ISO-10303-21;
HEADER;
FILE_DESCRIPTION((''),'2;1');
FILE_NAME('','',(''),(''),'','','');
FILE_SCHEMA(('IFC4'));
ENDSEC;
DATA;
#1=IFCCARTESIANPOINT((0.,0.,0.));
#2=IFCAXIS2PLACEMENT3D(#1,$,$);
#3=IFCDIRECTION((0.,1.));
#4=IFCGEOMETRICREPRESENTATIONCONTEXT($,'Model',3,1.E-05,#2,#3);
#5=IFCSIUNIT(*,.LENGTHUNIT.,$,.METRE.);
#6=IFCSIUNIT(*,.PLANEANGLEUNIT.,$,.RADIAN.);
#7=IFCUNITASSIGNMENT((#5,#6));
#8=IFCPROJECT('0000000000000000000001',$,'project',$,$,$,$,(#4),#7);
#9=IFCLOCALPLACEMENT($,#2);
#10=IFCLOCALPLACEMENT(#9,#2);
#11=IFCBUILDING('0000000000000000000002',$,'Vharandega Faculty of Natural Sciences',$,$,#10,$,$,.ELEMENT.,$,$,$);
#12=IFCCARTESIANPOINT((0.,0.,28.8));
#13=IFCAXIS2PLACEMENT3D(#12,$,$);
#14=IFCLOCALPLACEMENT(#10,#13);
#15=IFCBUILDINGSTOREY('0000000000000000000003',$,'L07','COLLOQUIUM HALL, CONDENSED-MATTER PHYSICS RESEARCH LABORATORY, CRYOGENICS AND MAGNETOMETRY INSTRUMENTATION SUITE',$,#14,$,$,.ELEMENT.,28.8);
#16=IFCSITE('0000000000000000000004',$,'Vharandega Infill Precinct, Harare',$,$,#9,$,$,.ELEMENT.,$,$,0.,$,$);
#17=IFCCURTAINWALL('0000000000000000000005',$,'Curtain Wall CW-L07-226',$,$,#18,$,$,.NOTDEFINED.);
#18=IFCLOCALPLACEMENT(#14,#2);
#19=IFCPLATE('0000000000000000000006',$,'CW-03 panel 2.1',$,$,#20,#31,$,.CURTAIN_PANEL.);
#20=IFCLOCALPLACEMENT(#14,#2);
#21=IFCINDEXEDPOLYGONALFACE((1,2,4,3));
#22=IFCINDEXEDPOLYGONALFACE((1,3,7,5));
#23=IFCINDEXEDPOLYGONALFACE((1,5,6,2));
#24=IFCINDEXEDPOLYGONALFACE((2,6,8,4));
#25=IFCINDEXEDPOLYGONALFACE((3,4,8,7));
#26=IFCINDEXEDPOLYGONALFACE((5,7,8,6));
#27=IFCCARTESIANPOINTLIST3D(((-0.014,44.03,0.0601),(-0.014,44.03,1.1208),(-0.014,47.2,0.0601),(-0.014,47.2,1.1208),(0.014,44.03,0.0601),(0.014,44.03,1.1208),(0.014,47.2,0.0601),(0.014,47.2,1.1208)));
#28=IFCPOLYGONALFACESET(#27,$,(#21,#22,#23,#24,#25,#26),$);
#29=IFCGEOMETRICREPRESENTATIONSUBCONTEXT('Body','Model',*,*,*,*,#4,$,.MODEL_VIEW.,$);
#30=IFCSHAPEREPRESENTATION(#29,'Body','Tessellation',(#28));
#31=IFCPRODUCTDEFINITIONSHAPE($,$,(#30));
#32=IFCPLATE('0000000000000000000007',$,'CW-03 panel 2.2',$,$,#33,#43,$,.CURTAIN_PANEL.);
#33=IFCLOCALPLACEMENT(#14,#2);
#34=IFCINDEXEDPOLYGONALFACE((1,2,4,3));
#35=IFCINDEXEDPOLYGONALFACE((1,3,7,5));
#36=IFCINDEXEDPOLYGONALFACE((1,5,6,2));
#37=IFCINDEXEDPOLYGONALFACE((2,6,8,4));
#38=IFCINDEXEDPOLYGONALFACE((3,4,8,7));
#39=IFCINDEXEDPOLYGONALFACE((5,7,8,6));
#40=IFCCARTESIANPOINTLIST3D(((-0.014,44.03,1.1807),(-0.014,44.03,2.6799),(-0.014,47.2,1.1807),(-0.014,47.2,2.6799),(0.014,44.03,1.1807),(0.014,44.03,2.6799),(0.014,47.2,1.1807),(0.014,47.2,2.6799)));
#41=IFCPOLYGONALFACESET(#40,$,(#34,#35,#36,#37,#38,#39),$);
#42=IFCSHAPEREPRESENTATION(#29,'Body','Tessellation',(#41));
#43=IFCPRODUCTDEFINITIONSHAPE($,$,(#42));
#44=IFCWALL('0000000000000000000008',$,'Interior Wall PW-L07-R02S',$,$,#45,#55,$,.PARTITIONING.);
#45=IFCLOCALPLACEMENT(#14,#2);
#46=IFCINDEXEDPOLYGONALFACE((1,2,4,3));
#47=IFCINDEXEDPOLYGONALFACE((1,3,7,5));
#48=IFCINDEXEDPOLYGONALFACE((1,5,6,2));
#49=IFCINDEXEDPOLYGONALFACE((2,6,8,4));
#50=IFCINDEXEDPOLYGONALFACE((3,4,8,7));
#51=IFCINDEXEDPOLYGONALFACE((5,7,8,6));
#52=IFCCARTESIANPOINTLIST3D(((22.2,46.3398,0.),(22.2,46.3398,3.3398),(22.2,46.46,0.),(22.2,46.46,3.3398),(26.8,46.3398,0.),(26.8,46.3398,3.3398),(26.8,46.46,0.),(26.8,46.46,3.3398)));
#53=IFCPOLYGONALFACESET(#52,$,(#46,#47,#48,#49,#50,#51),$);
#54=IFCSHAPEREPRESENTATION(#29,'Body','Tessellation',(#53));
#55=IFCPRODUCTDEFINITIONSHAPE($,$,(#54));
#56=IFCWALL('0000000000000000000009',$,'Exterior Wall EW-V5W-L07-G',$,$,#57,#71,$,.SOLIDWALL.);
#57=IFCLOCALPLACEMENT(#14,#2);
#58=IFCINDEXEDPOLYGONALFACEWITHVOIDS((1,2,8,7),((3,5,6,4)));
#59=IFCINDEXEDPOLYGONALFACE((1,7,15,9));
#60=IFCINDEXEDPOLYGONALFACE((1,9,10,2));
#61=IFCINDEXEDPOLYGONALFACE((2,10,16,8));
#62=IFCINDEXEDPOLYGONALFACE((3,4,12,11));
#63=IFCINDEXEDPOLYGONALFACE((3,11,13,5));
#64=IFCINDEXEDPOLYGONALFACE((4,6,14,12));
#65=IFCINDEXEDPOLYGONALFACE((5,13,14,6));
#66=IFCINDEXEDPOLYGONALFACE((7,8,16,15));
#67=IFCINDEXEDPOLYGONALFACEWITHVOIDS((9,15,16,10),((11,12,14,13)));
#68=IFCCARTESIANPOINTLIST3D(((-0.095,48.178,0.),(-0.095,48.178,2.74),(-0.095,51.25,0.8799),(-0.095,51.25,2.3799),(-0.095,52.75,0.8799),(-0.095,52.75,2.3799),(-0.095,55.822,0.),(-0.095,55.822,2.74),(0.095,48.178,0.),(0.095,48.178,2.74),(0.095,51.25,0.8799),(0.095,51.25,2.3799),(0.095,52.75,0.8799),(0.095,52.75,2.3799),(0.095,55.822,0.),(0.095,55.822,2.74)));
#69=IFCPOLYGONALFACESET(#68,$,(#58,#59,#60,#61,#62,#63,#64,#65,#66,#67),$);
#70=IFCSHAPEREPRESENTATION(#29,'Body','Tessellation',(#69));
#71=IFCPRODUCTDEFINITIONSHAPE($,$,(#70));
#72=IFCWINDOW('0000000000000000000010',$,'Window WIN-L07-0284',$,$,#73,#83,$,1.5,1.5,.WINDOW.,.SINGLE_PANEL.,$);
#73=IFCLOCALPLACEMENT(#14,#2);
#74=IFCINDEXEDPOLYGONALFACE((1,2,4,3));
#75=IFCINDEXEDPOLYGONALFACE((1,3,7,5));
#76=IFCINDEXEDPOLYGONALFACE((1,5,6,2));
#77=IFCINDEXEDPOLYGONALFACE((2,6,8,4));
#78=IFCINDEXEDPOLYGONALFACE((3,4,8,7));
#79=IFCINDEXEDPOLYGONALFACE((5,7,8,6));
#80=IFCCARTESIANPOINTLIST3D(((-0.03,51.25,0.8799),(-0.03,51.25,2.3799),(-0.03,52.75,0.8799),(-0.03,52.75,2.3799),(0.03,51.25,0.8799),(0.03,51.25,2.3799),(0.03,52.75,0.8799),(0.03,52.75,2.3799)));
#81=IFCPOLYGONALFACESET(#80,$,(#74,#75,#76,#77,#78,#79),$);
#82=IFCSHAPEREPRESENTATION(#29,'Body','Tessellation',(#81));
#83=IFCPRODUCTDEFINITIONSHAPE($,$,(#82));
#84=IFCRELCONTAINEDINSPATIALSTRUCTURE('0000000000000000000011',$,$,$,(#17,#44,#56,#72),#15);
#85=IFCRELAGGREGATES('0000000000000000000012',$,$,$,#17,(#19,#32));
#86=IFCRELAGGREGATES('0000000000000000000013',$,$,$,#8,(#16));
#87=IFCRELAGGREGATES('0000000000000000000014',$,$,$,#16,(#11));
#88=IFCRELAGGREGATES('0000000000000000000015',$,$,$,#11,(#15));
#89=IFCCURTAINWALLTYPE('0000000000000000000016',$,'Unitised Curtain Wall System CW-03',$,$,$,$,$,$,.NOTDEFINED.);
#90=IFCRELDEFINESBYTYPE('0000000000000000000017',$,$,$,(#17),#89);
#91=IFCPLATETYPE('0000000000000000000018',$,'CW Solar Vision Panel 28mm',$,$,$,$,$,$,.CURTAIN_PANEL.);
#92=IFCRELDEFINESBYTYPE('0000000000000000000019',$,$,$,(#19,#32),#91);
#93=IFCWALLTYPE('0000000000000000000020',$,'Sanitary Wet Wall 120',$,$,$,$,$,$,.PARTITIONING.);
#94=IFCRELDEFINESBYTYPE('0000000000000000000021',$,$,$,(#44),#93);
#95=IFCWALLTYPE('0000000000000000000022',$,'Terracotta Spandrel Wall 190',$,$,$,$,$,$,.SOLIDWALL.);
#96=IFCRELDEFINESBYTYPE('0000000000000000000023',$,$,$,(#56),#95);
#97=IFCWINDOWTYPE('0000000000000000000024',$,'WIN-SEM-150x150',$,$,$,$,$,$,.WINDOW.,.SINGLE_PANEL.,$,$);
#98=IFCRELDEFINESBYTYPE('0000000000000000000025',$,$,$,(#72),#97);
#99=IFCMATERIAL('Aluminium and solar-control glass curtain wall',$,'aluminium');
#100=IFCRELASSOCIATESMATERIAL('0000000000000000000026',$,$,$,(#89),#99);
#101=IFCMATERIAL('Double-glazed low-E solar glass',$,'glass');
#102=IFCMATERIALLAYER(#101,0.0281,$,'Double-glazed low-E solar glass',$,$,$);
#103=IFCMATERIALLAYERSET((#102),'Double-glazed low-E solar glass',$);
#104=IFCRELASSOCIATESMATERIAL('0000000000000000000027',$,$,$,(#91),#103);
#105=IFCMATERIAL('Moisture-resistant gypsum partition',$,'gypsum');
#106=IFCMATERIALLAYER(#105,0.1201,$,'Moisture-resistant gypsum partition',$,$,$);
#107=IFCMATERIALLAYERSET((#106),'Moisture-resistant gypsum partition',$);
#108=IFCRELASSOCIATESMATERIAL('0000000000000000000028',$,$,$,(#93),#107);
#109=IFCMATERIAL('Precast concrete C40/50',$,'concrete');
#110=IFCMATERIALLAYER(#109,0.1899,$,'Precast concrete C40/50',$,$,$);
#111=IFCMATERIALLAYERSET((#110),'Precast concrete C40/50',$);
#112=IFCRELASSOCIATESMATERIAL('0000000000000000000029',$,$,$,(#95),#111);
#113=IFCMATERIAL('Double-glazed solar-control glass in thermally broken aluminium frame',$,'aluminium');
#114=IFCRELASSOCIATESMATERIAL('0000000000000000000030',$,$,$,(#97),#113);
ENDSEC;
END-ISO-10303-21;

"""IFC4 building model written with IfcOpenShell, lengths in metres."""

from ifc_helpers import new_model, si_unit, direction, frame, frame_2d, origin, origin_2d, place, context, subcontext, project, spatial, rectangle, extrude, material, layer, layer_set, type_object, element, fill, aggregate, save


model = new_model("IFC4")

# Units and contexts
model_context = context("Model", 3, precision=1e-05, world=origin(), true_north=direction((0.0, 1.0)))
body_context = subcontext(model_context, "Body", "Model", "MODEL_VIEW")
ifc_project = project(units=[si_unit("LENGTHUNIT", "METRE"), si_unit("PLANEANGLEUNIT", "RADIAN")], contexts=[model_context])

# Site, building, storey
site_placement = place(None, origin())
site = spatial("IfcSite", under=ifc_project, at=site_placement, Name="Vharandega Infill Precinct, Harare", CompositionType="ELEMENT", RefElevation=0.0)
building_placement = place(site_placement, origin())
building = spatial("IfcBuilding", under=site, at=building_placement, Name="Vharandega Faculty of Natural Sciences", CompositionType="ELEMENT")
storey_placement = place(building_placement, frame((0.0, 0.0, 28.8)))
storey = spatial("IfcBuildingStorey", under=building, at=storey_placement, Name="L07", Description="COLLOQUIUM HALL, CONDENSED-MATTER PHYSICS RESEARCH LABORATORY, CRYOGENICS AND MAGNETOMETRY INSTRUMENTATION SUITE", CompositionType="ELEMENT", Elevation=28.8)

# Curtain wall
ifc_material_1 = material(Name="Aluminium and solar-control glass curtain wall", Category="aluminium")
curtain_wall_type = type_object("IfcCurtainWallType", Name="Unitised Curtain Wall System CW-03", PredefinedType="NOTDEFINED", material=ifc_material_1)
curtain_wall_placement = place(storey_placement, origin())
curtain_wall = element("IfcCurtainWall", 1, at=curtain_wall_placement, inside=storey, type_object=curtain_wall_type, Name="Curtain Wall CW-L07-226", PredefinedType="NOTDEFINED")

# Plates
ifc_material_2 = material(Name="Double-glazed low-E solar glass", Category="glass")
ifc_layer_1 = layer(ifc_material_2, 0.0281, Name="Double-glazed low-E solar glass")
ifc_layer_set_1 = layer_set([ifc_layer_1], Name="Double-glazed low-E solar glass")
plate_type = type_object("IfcPlateType", Name="CW Solar Vision Panel 28mm", PredefinedType="CURTAIN_PANEL", material=ifc_layer_set_1)
plate_1_placement = place(storey_placement, frame((0.0, 45.615, 0.0601), z_axis=(0.0, 0.0, 1.0), x_axis=(0.0, 1.0, 0.0)))
plate_1 = element("IfcPlate", 2, at=plate_1_placement, type_object=plate_type, Name="CW-03 panel 2.1", PredefinedType="CURTAIN_PANEL", context=body_context, shape_type="SweptSolid", body=[
    extrude(rectangle(XDim=3.1699, YDim=0.0281, at=origin_2d()), origin(), (0.0, 0.0, 1.0), 1.0608),
])
plate_2_placement = place(storey_placement, frame((0.0, 45.615, 1.1807), z_axis=(0.0, 0.0, 1.0), x_axis=(0.0, 1.0, 0.0)))
plate_2 = element("IfcPlate", 3, at=plate_2_placement, type_object=plate_type, Name="CW-03 panel 2.2", PredefinedType="CURTAIN_PANEL", context=body_context, shape_type="SweptSolid", body=[
    extrude(rectangle(XDim=3.1699, YDim=0.0281, at=origin_2d()), origin(), (0.0, 0.0, 1.0), 1.4993),
])
aggregate(curtain_wall, [plate_1, plate_2])

# Wall
ifc_material_3 = material(Name="Moisture-resistant gypsum partition", Category="gypsum")
ifc_layer_2 = layer(ifc_material_3, 0.1201, Name="Moisture-resistant gypsum partition")
ifc_layer_set_2 = layer_set([ifc_layer_2], Name="Moisture-resistant gypsum partition")
wall_type_1 = type_object("IfcWallType", Name="Sanitary Wet Wall 120", PredefinedType="PARTITIONING", material=ifc_layer_set_2)
wall_1_placement = place(storey_placement, frame((22.2, 46.3999, 0.0), z_axis=(0.0, 0.0, 1.0), x_axis=(1.0, 0.0, 0.0)))
element("IfcWall", 4, at=wall_1_placement, inside=storey, type_object=wall_type_1, Name="Interior Wall PW-L07-R02S", PredefinedType="PARTITIONING", context=body_context, shape_type="SweptSolid", body=[
    extrude(rectangle(XDim=4.6001, YDim=0.1201, at=frame_2d((2.3, 0.0))), origin(), (0.0, 0.0, 1.0), 3.3398),
])

# Wall, opening, window
ifc_material_4 = material(Name="Precast concrete C40/50", Category="concrete")
ifc_layer_3 = layer(ifc_material_4, 0.1899, Name="Precast concrete C40/50")
ifc_layer_set_3 = layer_set([ifc_layer_3], Name="Precast concrete C40/50")
wall_type_2 = type_object("IfcWallType", Name="Terracotta Spandrel Wall 190", PredefinedType="SOLIDWALL", material=ifc_layer_set_3)
wall_2_placement = place(storey_placement, frame((0.0, 48.178, 0.0), z_axis=(0.0, 0.0, 1.0), x_axis=(0.0, 1.0, 0.0)))
wall_2 = element("IfcWall", 5, at=wall_2_placement, inside=storey, type_object=wall_type_2, Name="Exterior Wall EW-V5W-L07-G", PredefinedType="SOLIDWALL", context=body_context, shape_type="SweptSolid", body=[
    extrude(rectangle(XDim=7.644, YDim=0.1899, at=frame_2d((3.822, 0.0))), origin(), (0.0, 0.0, 1.0), 2.74),
])
opening_placement = place(wall_2_placement, frame((3.072, 0.0, 0.8799)))
opening = element("IfcOpeningElement", 6, at=opening_placement, cuts=wall_2, PredefinedType="OPENING", context=body_context, shape_type="SweptSolid", body=[
    extrude(rectangle(XDim=1.5, YDim=1.5, at=frame_2d((0.75, 0.75))), frame((0.0, 0.105, 0.0), z_axis=(0.0, -1.0, 0.0), x_axis=(1.0, 0.0, 0.0)), (0.0, 0.0, 1.0), 0.21),
])
ifc_material_5 = material(Name="Double-glazed solar-control glass in thermally broken aluminium frame", Category="aluminium")
window_type = type_object("IfcWindowType", Name="WIN-SEM-150x150", PartitioningType="SINGLE_PANEL", PredefinedType="WINDOW", material=ifc_material_5)
window_placement = place(opening_placement, origin())
window = element("IfcWindow", 7, at=window_placement, inside=storey, type_object=window_type, Name="Window WIN-L07-0284", OverallHeight=1.5, OverallWidth=1.5, PartitioningType="SINGLE_PANEL", PredefinedType="WINDOW", context=body_context, shape_type="SweptSolid", body=[
    extrude(rectangle(XDim=1.5, YDim=1.5, at=frame_2d((0.75, 0.75))), frame((0.0, 0.03, 0.0), z_axis=(0.0, -1.0, 0.0), x_axis=(1.0, 0.0, 0.0)), (0.0, 0.0, 1.0), 0.0601),
])
fill(opening, window)

save(model, "model.ifc")
